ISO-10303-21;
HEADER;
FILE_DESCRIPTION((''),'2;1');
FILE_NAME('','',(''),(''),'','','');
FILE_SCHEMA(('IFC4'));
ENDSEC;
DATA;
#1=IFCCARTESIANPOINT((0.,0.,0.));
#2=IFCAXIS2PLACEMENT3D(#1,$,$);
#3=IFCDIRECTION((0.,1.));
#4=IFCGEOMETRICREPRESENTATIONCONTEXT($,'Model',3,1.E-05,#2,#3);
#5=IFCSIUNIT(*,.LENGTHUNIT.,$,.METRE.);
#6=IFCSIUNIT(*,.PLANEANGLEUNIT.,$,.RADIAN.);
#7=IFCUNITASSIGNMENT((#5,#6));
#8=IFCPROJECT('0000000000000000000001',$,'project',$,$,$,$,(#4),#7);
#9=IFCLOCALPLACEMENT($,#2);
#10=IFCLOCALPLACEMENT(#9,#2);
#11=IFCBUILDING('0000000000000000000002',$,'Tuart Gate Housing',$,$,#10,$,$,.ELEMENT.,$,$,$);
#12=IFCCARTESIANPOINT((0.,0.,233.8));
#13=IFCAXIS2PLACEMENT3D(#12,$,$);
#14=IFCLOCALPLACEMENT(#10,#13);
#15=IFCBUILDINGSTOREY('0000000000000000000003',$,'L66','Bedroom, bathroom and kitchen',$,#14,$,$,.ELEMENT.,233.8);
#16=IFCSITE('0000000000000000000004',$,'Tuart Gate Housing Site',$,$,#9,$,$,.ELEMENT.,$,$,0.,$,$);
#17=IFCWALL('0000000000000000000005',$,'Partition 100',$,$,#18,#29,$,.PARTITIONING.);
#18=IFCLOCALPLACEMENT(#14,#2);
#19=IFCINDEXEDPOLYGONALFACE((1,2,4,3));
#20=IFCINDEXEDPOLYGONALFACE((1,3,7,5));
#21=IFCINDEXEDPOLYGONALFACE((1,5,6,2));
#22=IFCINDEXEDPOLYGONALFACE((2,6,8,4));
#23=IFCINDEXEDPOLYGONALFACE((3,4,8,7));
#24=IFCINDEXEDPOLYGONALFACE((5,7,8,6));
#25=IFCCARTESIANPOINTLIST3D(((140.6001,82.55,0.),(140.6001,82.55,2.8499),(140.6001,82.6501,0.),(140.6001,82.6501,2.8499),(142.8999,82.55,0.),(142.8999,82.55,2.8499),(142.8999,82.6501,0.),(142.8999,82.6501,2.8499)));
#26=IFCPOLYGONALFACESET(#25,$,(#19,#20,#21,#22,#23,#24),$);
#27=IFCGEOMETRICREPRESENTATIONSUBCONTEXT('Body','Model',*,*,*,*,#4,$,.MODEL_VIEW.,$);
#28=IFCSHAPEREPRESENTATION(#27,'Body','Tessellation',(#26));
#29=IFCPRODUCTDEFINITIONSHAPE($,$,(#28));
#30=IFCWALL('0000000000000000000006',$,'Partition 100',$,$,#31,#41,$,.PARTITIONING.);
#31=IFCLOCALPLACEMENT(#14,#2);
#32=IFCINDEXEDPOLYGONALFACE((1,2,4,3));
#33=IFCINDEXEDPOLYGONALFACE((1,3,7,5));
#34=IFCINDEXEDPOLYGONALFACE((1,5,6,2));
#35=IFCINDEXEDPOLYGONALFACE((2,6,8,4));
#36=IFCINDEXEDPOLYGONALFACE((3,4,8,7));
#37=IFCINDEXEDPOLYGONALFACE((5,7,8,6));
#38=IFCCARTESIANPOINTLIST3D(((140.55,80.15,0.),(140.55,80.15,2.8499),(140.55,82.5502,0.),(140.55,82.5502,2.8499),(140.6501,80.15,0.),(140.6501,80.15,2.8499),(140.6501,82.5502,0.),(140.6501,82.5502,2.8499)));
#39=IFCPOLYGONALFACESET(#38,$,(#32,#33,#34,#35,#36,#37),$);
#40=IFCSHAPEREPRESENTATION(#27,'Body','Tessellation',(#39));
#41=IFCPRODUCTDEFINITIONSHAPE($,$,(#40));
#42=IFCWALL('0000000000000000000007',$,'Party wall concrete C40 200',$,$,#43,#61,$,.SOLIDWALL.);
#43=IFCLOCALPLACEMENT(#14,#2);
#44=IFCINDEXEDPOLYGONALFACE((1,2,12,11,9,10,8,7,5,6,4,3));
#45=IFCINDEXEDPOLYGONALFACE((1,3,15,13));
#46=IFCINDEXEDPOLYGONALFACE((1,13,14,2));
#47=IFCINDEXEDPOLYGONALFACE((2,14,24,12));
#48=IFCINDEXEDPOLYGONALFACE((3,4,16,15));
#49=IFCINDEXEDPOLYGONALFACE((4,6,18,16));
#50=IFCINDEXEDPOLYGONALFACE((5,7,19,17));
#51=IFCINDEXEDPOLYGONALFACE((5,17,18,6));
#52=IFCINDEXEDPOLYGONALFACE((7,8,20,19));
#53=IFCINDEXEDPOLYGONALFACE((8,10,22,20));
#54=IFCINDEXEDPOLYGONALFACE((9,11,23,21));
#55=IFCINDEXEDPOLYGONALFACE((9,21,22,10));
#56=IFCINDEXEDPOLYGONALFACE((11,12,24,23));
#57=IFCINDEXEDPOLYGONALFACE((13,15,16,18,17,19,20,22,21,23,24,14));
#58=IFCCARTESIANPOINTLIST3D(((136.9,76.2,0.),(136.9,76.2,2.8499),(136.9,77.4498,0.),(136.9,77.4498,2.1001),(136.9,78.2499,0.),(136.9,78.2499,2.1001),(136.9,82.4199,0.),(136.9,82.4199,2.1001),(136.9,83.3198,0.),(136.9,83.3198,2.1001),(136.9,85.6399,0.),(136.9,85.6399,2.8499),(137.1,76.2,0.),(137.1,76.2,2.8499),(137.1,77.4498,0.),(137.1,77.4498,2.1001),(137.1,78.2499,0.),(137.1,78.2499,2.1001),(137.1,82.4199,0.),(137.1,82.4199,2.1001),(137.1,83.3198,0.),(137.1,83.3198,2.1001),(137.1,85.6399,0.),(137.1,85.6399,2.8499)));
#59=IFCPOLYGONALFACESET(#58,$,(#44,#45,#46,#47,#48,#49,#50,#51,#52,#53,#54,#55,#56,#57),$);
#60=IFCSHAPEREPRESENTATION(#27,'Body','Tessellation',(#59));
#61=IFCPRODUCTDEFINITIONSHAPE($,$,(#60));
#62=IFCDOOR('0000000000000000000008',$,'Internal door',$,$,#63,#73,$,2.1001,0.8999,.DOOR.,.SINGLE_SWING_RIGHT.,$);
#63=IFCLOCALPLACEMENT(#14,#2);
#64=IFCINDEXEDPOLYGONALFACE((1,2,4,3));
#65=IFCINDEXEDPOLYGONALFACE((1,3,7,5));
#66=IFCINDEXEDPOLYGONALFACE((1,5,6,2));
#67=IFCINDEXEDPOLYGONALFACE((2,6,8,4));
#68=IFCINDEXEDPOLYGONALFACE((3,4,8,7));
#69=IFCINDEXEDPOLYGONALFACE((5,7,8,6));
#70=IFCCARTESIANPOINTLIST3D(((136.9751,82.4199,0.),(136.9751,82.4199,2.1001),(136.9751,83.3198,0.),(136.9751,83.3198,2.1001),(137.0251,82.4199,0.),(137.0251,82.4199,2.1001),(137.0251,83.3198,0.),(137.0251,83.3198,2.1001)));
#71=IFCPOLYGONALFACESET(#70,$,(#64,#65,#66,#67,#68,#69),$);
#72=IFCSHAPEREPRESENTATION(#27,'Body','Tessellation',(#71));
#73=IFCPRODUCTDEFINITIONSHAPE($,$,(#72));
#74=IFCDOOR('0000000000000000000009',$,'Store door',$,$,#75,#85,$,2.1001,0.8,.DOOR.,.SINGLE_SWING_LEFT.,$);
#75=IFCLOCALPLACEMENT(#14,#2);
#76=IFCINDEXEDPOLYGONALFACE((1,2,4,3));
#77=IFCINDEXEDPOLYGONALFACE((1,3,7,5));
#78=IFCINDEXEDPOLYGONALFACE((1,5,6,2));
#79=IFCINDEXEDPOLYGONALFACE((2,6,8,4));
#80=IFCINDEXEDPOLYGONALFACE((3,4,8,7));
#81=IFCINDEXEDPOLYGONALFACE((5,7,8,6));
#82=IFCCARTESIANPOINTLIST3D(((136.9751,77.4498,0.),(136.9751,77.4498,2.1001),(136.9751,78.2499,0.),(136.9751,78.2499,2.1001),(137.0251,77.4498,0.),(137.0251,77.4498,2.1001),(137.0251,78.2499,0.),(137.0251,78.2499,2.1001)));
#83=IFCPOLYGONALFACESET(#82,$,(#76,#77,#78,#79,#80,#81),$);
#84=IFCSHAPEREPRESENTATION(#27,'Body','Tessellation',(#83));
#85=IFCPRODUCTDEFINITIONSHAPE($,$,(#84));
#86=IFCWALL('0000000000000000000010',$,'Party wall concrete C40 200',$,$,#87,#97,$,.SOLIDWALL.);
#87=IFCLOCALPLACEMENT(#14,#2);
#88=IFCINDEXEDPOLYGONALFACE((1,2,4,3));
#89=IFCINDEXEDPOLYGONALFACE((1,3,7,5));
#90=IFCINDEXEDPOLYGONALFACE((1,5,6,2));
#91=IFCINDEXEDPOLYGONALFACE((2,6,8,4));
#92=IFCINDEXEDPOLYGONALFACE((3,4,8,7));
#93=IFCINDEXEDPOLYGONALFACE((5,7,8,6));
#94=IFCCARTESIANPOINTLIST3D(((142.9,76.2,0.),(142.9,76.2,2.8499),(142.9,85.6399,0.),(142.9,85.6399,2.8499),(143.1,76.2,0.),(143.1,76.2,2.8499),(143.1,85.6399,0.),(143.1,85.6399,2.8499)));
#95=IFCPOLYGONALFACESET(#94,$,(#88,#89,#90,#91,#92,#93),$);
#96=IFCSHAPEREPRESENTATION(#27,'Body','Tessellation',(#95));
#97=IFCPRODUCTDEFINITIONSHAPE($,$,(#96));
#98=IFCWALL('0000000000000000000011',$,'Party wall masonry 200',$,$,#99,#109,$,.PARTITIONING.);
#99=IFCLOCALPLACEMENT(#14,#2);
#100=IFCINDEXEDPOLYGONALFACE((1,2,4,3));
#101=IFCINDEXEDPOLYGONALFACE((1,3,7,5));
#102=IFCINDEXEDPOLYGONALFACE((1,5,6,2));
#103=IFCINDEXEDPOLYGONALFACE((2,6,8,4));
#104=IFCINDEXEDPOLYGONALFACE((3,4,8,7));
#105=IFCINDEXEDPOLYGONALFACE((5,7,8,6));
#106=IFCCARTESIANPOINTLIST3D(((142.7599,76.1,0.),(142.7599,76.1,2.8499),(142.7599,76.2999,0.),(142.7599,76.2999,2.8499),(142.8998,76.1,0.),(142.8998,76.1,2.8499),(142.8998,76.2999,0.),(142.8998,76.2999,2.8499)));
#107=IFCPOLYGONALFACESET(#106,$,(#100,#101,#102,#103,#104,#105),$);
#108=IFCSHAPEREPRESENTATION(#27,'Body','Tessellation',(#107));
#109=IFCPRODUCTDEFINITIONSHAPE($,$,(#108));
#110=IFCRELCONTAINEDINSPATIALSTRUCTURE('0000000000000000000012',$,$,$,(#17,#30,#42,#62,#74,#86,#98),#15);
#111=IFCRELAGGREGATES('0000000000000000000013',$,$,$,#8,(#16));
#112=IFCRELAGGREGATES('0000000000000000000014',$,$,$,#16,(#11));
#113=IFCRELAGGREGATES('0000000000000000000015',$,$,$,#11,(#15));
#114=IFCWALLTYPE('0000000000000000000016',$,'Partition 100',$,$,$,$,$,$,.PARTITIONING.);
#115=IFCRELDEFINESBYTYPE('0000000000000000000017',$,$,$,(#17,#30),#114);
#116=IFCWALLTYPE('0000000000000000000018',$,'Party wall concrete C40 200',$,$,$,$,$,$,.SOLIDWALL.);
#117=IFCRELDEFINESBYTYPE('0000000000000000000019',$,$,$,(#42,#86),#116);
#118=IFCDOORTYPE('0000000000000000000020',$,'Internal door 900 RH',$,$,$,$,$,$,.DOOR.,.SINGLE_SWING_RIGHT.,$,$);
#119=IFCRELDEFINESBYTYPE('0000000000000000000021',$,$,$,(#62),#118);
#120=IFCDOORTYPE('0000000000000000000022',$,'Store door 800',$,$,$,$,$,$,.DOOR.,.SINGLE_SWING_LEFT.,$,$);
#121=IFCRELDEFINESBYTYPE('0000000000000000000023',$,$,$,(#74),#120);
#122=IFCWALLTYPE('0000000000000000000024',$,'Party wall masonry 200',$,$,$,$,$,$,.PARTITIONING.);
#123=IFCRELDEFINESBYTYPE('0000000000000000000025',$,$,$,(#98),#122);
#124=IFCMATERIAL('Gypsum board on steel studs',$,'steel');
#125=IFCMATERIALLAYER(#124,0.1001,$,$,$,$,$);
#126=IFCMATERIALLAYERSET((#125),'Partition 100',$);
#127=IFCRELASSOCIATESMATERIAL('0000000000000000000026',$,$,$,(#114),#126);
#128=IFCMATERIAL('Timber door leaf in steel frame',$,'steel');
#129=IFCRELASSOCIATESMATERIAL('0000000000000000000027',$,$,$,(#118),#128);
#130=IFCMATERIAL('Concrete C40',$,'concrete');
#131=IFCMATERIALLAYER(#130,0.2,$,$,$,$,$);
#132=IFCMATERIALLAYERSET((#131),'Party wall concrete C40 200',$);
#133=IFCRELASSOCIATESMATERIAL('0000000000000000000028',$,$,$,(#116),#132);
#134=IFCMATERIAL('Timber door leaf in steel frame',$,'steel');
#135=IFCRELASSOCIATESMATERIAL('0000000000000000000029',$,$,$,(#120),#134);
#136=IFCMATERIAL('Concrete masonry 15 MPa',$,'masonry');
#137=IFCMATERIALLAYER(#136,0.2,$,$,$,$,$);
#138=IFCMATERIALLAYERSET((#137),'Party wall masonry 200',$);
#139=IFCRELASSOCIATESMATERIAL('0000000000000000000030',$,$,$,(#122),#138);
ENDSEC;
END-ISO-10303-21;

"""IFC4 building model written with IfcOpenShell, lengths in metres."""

from ifc_helpers import new_model, si_unit, direction, frame, frame_2d, origin, place, context, subcontext, project, spatial, rectangle, extrude, material, layer, layer_set, type_object, element, fill, save


model = new_model("IFC4")

# Units and contexts
model_context = context("Model", 3, precision=1e-05, world=origin(), true_north=direction((0.0, 1.0)))
body_context = subcontext(model_context, "Body", "Model", "MODEL_VIEW")
ifc_project = project(units=[si_unit("LENGTHUNIT", "METRE"), si_unit("PLANEANGLEUNIT", "RADIAN")], contexts=[model_context])

# Site, building, storey
site_placement = place(None, origin())
site = spatial("IfcSite", under=ifc_project, at=site_placement, Name="Tuart Gate Housing Site", CompositionType="ELEMENT", RefElevation=0.0)
building_placement = place(site_placement, origin())
building = spatial("IfcBuilding", under=site, at=building_placement, Name="Tuart Gate Housing", CompositionType="ELEMENT")
storey_placement = place(building_placement, frame((0.0, 0.0, 233.8)))
storey = spatial("IfcBuildingStorey", under=building, at=storey_placement, Name="L66", Description="Bedroom, bathroom and kitchen", CompositionType="ELEMENT", Elevation=233.8)

# Shared definitions
ifc_material_1 = material(Name="Gypsum board on steel studs", Category="steel")
ifc_layer_1 = layer(ifc_material_1, 0.1001)
ifc_layer_set_1 = layer_set([ifc_layer_1], Name="Partition 100")
wall_type_1 = type_object("IfcWallType", Name="Partition 100", PredefinedType="PARTITIONING", material=ifc_layer_set_1)
ifc_material_2 = material(Name="Timber door leaf in steel frame", Category="steel")
door_type_1 = type_object("IfcDoorType", Name="Internal door 900 RH", OperationType="SINGLE_SWING_RIGHT", PredefinedType="DOOR", material=ifc_material_2)

# Walls
wall_1_placement = place(storey_placement, frame((140.6001, 82.6001, 0.0), z_axis=(0.0, 0.0, 1.0), x_axis=(1.0, 0.0, 0.0)))
element("IfcWall", 1, at=wall_1_placement, inside=storey, type_object=wall_type_1, Name="Partition 100", PredefinedType="PARTITIONING", context=body_context, shape_type="SweptSolid", body=[
    extrude(rectangle(XDim=2.2998, YDim=0.1001, at=frame_2d((1.1499, 0.0))), origin(), (0.0, 0.0, 1.0), 2.8499),
])
wall_2_placement = place(storey_placement, frame((140.6001, 80.1499, 0.0), z_axis=(0.0, 0.0, 1.0), x_axis=(0.0, 1.0, 0.0)))
element("IfcWall", 2, at=wall_2_placement, inside=storey, type_object=wall_type_1, Name="Partition 100", PredefinedType="PARTITIONING", context=body_context, shape_type="SweptSolid", body=[
    extrude(rectangle(XDim=2.4001, YDim=0.1001, at=frame_2d((1.2002, 0.0))), origin(), (0.0, 0.0, 1.0), 2.8499),
])

# Wall, openings, doors
ifc_material_3 = material(Name="Concrete C40", Category="concrete")
ifc_layer_2 = layer(ifc_material_3, 0.2)
ifc_layer_set_2 = layer_set([ifc_layer_2], Name="Party wall concrete C40 200")
wall_type_2 = type_object("IfcWallType", Name="Party wall concrete C40 200", PredefinedType="SOLIDWALL", material=ifc_layer_set_2)
wall_3_placement = place(storey_placement, frame((137.0, 76.2, 0.0), z_axis=(0.0, 0.0, 1.0), x_axis=(0.0, 1.0, 0.0)))
wall_3 = element("IfcWall", 3, at=wall_3_placement, inside=storey, type_object=wall_type_2, Name="Party wall concrete C40 200", PredefinedType="SOLIDWALL", context=body_context, shape_type="SweptSolid", body=[
    extrude(rectangle(XDim=9.4399, YDim=0.2, at=frame_2d((4.72, 0.0))), origin(), (0.0, 0.0, 1.0), 2.8499),
])
opening_1_placement = place(wall_3_placement, frame((6.22, 0.0, 0.0)))
opening_1 = element("IfcOpeningElement", 4, at=opening_1_placement, cuts=wall_3, PredefinedType="OPENING", context=body_context, shape_type="SweptSolid", body=[
    extrude(rectangle(XDim=0.8999, YDim=2.1001, at=frame_2d((0.45, 1.05))), frame((0.0, 0.1099, 0.0), z_axis=(0.0, -1.0, 0.0), x_axis=(1.0, 0.0, 0.0)), (0.0, 0.0, 1.0), 0.22),
])
opening_2_placement = place(wall_3_placement, frame((1.25, 0.0, 0.0)))
opening_2 = element("IfcOpeningElement", 5, at=opening_2_placement, cuts=wall_3, PredefinedType="OPENING", context=body_context, shape_type="SweptSolid", body=[
    extrude(rectangle(XDim=0.8, YDim=2.1001, at=frame_2d((0.3999, 1.05))), frame((0.0, 0.1099, 0.0), z_axis=(0.0, -1.0, 0.0), x_axis=(1.0, 0.0, 0.0)), (0.0, 0.0, 1.0), 0.22),
])
door_1_placement = place(opening_1_placement, origin())
door_1 = element("IfcDoor", 6, at=door_1_placement, inside=storey, type_object=door_type_1, Name="Internal door", OperationType="SINGLE_SWING_RIGHT", OverallHeight=2.1001, OverallWidth=0.8999, PredefinedType="DOOR", context=body_context, shape_type="SweptSolid", body=[
    extrude(rectangle(XDim=0.8999, YDim=2.1001, at=frame_2d((0.45, 1.05))), frame((0.0, 0.0249, 0.0), z_axis=(0.0, -1.0, 0.0), x_axis=(1.0, 0.0, 0.0)), (0.0, 0.0, 1.0), 0.05),
])
fill(opening_1, door_1)
ifc_material_4 = material(Name="Timber door leaf in steel frame", Category="steel")
door_type_2 = type_object("IfcDoorType", Name="Store door 800", OperationType="SINGLE_SWING_LEFT", PredefinedType="DOOR", material=ifc_material_4)
door_2_placement = place(opening_2_placement, origin())
door_2 = element("IfcDoor", 7, at=door_2_placement, inside=storey, type_object=door_type_2, Name="Store door", OperationType="SINGLE_SWING_LEFT", OverallHeight=2.1001, OverallWidth=0.8, PredefinedType="DOOR", context=body_context, shape_type="SweptSolid", body=[
    extrude(rectangle(XDim=0.8, YDim=2.1001, at=frame_2d((0.3999, 1.05))), frame((0.0, 0.0249, 0.0), z_axis=(0.0, -1.0, 0.0), x_axis=(1.0, 0.0, 0.0)), (0.0, 0.0, 1.0), 0.05),
])
fill(opening_2, door_2)

# Walls
wall_4_placement = place(storey_placement, frame((143.0, 76.2, 0.0), z_axis=(0.0, 0.0, 1.0), x_axis=(0.0, 1.0, 0.0)))
element("IfcWall", 8, at=wall_4_placement, inside=storey, type_object=wall_type_2, Name="Party wall concrete C40 200", PredefinedType="SOLIDWALL", context=body_context, shape_type="SweptSolid", body=[
    extrude(rectangle(XDim=9.4399, YDim=0.2, at=frame_2d((4.72, 0.0))), origin(), (0.0, 0.0, 1.0), 2.8499),
])
ifc_material_5 = material(Name="Concrete masonry 15 MPa", Category="masonry")
ifc_layer_3 = layer(ifc_material_5, 0.2)
ifc_layer_set_3 = layer_set([ifc_layer_3], Name="Party wall masonry 200")
wall_type_3 = type_object("IfcWallType", Name="Party wall masonry 200", PredefinedType="PARTITIONING", material=ifc_layer_set_3)
wall_5_placement = place(storey_placement, frame((142.76, 76.2, 0.0), z_axis=(0.0, 0.0, 1.0), x_axis=(1.0, 0.0, 0.0)))
element("IfcWall", 9, at=wall_5_placement, inside=storey, type_object=wall_type_3, Name="Party wall masonry 200", PredefinedType="PARTITIONING", context=body_context, shape_type="SweptSolid", body=[
    extrude(rectangle(XDim=0.1399, YDim=0.2, at=frame_2d((0.0698, 0.0))), origin(), (0.0, 0.0, 1.0), 2.8499),
])

save(model, "model.ifc")
